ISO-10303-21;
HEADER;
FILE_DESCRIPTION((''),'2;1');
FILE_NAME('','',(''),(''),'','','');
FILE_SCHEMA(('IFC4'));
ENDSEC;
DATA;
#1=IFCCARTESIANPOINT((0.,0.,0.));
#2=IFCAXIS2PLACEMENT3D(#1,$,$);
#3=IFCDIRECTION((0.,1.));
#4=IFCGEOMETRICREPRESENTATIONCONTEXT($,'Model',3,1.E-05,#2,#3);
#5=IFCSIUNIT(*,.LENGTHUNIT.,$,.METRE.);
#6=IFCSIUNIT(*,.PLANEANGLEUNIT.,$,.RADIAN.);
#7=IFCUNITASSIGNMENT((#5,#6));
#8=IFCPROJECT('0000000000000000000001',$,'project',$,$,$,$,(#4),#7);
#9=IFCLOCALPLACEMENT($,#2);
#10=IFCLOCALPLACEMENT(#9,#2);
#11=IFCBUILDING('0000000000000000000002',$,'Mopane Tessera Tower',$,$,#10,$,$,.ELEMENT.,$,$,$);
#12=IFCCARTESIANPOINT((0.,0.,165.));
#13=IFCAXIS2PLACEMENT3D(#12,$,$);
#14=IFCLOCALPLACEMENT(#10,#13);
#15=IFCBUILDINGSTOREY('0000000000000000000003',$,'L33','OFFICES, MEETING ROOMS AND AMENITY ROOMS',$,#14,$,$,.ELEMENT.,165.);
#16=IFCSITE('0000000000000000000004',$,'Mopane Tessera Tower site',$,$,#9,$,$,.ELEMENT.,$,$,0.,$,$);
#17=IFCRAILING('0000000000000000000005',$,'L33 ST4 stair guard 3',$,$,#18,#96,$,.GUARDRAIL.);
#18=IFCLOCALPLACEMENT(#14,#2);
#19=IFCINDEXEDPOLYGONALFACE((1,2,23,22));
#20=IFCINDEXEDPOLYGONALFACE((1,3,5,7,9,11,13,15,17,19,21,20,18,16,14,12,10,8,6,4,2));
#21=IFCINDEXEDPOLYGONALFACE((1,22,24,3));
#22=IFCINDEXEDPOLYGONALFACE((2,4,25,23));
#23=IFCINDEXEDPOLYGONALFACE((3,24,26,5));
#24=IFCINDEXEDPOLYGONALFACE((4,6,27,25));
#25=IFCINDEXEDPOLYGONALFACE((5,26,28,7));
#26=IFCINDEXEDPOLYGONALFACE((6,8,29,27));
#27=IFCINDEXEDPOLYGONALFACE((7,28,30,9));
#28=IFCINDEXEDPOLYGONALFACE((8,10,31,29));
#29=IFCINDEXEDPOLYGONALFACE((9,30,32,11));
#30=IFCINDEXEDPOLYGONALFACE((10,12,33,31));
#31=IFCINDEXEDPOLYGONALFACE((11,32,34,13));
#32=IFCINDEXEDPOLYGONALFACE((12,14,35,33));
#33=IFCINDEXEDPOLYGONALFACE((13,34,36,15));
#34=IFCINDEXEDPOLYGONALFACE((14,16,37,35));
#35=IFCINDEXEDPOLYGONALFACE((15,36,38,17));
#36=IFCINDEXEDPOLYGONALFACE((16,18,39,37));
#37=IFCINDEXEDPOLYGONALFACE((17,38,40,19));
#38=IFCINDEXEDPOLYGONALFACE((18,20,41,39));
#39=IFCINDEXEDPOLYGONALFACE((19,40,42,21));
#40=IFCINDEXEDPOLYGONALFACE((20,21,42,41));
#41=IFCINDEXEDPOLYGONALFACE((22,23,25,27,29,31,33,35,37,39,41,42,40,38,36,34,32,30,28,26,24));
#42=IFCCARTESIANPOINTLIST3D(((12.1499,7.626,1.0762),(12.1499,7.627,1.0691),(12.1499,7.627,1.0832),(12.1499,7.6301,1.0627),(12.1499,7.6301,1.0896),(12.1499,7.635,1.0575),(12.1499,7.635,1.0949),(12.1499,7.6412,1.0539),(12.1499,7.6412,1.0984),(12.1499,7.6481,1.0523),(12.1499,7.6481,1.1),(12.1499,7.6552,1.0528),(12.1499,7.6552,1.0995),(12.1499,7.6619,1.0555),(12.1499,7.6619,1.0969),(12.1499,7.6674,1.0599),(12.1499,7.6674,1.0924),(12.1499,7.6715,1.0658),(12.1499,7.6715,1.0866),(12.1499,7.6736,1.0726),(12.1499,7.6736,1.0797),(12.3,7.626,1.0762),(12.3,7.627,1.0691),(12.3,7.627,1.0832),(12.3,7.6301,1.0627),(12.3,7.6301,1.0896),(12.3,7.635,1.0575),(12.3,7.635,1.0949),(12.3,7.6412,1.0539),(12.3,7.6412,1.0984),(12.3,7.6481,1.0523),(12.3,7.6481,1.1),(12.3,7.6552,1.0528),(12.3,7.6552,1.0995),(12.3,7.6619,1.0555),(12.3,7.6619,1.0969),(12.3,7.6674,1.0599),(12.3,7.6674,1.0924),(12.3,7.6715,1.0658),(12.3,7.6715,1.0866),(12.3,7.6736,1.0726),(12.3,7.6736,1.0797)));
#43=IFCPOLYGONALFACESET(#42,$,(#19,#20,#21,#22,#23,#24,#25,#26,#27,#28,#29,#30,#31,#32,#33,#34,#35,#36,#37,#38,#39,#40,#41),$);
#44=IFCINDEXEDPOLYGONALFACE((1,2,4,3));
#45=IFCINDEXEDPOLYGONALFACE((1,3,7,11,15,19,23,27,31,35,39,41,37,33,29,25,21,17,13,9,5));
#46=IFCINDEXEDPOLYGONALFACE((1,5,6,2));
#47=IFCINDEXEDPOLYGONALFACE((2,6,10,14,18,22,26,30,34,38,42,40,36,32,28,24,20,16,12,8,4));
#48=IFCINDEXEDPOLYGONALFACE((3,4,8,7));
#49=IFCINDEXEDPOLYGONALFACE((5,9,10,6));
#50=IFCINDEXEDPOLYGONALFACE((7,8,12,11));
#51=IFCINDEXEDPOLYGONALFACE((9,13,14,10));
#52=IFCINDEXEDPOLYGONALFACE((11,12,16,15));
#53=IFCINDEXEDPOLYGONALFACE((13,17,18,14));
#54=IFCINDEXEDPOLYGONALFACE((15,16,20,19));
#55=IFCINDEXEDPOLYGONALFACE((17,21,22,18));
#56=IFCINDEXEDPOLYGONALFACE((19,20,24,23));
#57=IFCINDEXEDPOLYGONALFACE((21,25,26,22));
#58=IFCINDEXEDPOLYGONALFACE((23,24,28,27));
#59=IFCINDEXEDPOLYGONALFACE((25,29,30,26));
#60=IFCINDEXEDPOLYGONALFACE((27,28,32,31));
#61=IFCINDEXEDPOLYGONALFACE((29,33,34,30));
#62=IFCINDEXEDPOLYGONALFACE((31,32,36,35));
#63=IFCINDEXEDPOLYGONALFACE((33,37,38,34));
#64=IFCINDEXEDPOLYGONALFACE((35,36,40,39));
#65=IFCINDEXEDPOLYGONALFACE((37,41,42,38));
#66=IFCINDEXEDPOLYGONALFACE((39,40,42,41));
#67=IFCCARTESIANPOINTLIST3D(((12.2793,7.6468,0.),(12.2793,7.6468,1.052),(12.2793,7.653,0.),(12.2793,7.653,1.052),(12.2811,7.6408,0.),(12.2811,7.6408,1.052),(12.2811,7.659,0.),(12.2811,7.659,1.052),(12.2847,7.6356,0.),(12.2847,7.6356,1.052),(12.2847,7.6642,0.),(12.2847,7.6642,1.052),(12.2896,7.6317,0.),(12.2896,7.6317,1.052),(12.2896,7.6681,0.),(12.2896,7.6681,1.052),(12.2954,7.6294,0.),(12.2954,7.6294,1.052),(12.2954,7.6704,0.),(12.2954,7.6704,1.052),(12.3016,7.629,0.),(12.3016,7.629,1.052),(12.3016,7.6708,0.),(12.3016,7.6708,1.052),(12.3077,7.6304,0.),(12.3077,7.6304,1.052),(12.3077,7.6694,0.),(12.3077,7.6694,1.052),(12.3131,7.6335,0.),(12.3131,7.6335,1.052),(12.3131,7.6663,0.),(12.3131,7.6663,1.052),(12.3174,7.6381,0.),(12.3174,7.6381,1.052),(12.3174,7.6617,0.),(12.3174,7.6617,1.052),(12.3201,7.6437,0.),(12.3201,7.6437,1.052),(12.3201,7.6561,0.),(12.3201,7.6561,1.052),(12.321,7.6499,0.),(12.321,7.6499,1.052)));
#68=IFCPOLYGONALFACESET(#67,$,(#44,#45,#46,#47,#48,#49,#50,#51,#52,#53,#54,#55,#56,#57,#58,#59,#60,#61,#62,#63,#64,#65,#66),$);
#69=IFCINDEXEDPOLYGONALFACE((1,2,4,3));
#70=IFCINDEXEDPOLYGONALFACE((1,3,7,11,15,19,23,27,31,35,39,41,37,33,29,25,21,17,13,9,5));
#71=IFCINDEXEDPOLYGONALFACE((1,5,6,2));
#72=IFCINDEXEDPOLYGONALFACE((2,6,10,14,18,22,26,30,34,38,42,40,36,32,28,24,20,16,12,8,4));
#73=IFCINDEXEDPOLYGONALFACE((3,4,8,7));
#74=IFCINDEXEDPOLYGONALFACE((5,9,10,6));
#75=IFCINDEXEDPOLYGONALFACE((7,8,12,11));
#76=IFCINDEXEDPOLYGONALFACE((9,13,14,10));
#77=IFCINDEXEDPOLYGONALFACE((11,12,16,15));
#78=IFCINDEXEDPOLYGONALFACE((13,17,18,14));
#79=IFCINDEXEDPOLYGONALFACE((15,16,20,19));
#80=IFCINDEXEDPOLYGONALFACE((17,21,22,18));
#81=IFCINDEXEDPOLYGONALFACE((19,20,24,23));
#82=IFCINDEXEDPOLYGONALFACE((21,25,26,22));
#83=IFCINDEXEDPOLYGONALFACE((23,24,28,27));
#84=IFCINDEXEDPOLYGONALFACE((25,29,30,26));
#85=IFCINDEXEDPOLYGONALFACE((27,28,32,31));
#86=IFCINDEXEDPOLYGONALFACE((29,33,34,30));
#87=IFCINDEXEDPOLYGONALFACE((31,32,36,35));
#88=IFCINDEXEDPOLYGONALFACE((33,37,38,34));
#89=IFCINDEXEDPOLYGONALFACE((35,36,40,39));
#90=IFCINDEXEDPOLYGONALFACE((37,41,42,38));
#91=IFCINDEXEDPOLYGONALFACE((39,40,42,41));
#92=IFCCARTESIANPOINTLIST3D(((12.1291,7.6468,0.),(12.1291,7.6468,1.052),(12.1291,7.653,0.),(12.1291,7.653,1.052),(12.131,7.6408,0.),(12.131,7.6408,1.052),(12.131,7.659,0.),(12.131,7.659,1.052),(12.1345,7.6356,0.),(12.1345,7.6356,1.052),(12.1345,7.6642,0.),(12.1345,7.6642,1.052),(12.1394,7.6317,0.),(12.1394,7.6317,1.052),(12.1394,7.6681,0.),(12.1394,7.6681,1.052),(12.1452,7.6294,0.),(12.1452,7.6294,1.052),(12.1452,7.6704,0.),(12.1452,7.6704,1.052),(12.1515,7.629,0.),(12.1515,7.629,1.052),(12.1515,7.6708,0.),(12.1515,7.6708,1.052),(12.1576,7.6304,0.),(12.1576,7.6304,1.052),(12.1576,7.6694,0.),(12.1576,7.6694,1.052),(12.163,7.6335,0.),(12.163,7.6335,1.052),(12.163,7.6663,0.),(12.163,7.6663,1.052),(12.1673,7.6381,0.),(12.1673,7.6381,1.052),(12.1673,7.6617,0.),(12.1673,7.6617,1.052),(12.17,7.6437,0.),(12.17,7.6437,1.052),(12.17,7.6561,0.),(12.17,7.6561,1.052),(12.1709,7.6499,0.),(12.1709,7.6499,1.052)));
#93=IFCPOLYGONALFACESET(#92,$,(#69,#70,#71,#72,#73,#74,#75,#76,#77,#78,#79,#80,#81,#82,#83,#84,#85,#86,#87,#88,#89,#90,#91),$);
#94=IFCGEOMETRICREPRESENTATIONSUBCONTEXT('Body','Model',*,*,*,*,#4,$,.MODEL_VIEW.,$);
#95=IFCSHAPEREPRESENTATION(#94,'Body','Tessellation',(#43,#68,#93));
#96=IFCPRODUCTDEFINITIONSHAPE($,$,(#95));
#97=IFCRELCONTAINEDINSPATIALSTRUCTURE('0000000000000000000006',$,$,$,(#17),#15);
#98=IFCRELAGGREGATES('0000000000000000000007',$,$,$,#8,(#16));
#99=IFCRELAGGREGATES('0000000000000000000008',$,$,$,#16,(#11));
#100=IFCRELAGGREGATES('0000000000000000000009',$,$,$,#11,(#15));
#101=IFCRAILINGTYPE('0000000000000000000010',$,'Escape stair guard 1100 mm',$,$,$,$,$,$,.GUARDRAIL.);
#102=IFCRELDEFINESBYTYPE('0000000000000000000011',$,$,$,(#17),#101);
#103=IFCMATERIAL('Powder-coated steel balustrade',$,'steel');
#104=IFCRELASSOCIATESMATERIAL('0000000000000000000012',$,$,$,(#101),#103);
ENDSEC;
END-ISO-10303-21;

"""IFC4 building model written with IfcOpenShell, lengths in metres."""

from ifc_helpers import new_model, si_unit, direction, frame, origin, origin_2d, place, context, subcontext, project, spatial, circle, extrude, material, type_object, element, save


model = new_model("IFC4")

# Units and contexts
model_context = context("Model", 3, precision=1e-05, world=origin(), true_north=direction((0.0, 1.0)))
body_context = subcontext(model_context, "Body", "Model", "MODEL_VIEW")
ifc_project = project(units=[si_unit("LENGTHUNIT", "METRE"), si_unit("PLANEANGLEUNIT", "RADIAN")], contexts=[model_context])

# Site, building, storey
site_placement = place(None, origin())
site = spatial("IfcSite", under=ifc_project, at=site_placement, Name="Mopane Tessera Tower site", CompositionType="ELEMENT", RefElevation=0.0)
building_placement = place(site_placement, origin())
building = spatial("IfcBuilding", under=site, at=building_placement, Name="Mopane Tessera Tower", CompositionType="ELEMENT")
storey_placement = place(building_placement, frame((0.0, 0.0, 165.0)))
storey = spatial("IfcBuildingStorey", under=building, at=storey_placement, Name="L33", Description="OFFICES, MEETING ROOMS AND AMENITY ROOMS", CompositionType="ELEMENT", Elevation=165.0)

# Railing
ifc_material_1 = material(Name="Powder-coated steel balustrade", Category="steel")
railing_type_1 = type_object("IfcRailingType", Name="Escape stair guard 1100 mm", PredefinedType="GUARDRAIL", material=ifc_material_1)
railing_1_placement = place(storey_placement, frame((12.3, 7.6499, 0.0)))
element("IfcRailing", 1, at=railing_1_placement, inside=storey, type_object=railing_type_1, Name="L33 ST4 stair guard 3", PredefinedType="GUARDRAIL", context=body_context, shape_type="SweptSolid", body=[
    extrude(circle(Radius=0.0239, at=origin_2d()), frame((0.0, 0.0, 1.0762), z_axis=(-1.0, 0.0, 0.0), x_axis=(0.0, -1.0, 0.0)), (0.0, 0.0, 1.0), 0.1501),
    extrude(circle(Radius=0.021, at=origin_2d()), origin(), (0.0, 0.0, 1.0), 1.052),
    extrude(circle(Radius=0.021, at=origin_2d()), frame((-0.1501, 0.0, 0.0)), (0.0, 0.0, 1.0), 1.052),
])

save(model, "model.ifc")
